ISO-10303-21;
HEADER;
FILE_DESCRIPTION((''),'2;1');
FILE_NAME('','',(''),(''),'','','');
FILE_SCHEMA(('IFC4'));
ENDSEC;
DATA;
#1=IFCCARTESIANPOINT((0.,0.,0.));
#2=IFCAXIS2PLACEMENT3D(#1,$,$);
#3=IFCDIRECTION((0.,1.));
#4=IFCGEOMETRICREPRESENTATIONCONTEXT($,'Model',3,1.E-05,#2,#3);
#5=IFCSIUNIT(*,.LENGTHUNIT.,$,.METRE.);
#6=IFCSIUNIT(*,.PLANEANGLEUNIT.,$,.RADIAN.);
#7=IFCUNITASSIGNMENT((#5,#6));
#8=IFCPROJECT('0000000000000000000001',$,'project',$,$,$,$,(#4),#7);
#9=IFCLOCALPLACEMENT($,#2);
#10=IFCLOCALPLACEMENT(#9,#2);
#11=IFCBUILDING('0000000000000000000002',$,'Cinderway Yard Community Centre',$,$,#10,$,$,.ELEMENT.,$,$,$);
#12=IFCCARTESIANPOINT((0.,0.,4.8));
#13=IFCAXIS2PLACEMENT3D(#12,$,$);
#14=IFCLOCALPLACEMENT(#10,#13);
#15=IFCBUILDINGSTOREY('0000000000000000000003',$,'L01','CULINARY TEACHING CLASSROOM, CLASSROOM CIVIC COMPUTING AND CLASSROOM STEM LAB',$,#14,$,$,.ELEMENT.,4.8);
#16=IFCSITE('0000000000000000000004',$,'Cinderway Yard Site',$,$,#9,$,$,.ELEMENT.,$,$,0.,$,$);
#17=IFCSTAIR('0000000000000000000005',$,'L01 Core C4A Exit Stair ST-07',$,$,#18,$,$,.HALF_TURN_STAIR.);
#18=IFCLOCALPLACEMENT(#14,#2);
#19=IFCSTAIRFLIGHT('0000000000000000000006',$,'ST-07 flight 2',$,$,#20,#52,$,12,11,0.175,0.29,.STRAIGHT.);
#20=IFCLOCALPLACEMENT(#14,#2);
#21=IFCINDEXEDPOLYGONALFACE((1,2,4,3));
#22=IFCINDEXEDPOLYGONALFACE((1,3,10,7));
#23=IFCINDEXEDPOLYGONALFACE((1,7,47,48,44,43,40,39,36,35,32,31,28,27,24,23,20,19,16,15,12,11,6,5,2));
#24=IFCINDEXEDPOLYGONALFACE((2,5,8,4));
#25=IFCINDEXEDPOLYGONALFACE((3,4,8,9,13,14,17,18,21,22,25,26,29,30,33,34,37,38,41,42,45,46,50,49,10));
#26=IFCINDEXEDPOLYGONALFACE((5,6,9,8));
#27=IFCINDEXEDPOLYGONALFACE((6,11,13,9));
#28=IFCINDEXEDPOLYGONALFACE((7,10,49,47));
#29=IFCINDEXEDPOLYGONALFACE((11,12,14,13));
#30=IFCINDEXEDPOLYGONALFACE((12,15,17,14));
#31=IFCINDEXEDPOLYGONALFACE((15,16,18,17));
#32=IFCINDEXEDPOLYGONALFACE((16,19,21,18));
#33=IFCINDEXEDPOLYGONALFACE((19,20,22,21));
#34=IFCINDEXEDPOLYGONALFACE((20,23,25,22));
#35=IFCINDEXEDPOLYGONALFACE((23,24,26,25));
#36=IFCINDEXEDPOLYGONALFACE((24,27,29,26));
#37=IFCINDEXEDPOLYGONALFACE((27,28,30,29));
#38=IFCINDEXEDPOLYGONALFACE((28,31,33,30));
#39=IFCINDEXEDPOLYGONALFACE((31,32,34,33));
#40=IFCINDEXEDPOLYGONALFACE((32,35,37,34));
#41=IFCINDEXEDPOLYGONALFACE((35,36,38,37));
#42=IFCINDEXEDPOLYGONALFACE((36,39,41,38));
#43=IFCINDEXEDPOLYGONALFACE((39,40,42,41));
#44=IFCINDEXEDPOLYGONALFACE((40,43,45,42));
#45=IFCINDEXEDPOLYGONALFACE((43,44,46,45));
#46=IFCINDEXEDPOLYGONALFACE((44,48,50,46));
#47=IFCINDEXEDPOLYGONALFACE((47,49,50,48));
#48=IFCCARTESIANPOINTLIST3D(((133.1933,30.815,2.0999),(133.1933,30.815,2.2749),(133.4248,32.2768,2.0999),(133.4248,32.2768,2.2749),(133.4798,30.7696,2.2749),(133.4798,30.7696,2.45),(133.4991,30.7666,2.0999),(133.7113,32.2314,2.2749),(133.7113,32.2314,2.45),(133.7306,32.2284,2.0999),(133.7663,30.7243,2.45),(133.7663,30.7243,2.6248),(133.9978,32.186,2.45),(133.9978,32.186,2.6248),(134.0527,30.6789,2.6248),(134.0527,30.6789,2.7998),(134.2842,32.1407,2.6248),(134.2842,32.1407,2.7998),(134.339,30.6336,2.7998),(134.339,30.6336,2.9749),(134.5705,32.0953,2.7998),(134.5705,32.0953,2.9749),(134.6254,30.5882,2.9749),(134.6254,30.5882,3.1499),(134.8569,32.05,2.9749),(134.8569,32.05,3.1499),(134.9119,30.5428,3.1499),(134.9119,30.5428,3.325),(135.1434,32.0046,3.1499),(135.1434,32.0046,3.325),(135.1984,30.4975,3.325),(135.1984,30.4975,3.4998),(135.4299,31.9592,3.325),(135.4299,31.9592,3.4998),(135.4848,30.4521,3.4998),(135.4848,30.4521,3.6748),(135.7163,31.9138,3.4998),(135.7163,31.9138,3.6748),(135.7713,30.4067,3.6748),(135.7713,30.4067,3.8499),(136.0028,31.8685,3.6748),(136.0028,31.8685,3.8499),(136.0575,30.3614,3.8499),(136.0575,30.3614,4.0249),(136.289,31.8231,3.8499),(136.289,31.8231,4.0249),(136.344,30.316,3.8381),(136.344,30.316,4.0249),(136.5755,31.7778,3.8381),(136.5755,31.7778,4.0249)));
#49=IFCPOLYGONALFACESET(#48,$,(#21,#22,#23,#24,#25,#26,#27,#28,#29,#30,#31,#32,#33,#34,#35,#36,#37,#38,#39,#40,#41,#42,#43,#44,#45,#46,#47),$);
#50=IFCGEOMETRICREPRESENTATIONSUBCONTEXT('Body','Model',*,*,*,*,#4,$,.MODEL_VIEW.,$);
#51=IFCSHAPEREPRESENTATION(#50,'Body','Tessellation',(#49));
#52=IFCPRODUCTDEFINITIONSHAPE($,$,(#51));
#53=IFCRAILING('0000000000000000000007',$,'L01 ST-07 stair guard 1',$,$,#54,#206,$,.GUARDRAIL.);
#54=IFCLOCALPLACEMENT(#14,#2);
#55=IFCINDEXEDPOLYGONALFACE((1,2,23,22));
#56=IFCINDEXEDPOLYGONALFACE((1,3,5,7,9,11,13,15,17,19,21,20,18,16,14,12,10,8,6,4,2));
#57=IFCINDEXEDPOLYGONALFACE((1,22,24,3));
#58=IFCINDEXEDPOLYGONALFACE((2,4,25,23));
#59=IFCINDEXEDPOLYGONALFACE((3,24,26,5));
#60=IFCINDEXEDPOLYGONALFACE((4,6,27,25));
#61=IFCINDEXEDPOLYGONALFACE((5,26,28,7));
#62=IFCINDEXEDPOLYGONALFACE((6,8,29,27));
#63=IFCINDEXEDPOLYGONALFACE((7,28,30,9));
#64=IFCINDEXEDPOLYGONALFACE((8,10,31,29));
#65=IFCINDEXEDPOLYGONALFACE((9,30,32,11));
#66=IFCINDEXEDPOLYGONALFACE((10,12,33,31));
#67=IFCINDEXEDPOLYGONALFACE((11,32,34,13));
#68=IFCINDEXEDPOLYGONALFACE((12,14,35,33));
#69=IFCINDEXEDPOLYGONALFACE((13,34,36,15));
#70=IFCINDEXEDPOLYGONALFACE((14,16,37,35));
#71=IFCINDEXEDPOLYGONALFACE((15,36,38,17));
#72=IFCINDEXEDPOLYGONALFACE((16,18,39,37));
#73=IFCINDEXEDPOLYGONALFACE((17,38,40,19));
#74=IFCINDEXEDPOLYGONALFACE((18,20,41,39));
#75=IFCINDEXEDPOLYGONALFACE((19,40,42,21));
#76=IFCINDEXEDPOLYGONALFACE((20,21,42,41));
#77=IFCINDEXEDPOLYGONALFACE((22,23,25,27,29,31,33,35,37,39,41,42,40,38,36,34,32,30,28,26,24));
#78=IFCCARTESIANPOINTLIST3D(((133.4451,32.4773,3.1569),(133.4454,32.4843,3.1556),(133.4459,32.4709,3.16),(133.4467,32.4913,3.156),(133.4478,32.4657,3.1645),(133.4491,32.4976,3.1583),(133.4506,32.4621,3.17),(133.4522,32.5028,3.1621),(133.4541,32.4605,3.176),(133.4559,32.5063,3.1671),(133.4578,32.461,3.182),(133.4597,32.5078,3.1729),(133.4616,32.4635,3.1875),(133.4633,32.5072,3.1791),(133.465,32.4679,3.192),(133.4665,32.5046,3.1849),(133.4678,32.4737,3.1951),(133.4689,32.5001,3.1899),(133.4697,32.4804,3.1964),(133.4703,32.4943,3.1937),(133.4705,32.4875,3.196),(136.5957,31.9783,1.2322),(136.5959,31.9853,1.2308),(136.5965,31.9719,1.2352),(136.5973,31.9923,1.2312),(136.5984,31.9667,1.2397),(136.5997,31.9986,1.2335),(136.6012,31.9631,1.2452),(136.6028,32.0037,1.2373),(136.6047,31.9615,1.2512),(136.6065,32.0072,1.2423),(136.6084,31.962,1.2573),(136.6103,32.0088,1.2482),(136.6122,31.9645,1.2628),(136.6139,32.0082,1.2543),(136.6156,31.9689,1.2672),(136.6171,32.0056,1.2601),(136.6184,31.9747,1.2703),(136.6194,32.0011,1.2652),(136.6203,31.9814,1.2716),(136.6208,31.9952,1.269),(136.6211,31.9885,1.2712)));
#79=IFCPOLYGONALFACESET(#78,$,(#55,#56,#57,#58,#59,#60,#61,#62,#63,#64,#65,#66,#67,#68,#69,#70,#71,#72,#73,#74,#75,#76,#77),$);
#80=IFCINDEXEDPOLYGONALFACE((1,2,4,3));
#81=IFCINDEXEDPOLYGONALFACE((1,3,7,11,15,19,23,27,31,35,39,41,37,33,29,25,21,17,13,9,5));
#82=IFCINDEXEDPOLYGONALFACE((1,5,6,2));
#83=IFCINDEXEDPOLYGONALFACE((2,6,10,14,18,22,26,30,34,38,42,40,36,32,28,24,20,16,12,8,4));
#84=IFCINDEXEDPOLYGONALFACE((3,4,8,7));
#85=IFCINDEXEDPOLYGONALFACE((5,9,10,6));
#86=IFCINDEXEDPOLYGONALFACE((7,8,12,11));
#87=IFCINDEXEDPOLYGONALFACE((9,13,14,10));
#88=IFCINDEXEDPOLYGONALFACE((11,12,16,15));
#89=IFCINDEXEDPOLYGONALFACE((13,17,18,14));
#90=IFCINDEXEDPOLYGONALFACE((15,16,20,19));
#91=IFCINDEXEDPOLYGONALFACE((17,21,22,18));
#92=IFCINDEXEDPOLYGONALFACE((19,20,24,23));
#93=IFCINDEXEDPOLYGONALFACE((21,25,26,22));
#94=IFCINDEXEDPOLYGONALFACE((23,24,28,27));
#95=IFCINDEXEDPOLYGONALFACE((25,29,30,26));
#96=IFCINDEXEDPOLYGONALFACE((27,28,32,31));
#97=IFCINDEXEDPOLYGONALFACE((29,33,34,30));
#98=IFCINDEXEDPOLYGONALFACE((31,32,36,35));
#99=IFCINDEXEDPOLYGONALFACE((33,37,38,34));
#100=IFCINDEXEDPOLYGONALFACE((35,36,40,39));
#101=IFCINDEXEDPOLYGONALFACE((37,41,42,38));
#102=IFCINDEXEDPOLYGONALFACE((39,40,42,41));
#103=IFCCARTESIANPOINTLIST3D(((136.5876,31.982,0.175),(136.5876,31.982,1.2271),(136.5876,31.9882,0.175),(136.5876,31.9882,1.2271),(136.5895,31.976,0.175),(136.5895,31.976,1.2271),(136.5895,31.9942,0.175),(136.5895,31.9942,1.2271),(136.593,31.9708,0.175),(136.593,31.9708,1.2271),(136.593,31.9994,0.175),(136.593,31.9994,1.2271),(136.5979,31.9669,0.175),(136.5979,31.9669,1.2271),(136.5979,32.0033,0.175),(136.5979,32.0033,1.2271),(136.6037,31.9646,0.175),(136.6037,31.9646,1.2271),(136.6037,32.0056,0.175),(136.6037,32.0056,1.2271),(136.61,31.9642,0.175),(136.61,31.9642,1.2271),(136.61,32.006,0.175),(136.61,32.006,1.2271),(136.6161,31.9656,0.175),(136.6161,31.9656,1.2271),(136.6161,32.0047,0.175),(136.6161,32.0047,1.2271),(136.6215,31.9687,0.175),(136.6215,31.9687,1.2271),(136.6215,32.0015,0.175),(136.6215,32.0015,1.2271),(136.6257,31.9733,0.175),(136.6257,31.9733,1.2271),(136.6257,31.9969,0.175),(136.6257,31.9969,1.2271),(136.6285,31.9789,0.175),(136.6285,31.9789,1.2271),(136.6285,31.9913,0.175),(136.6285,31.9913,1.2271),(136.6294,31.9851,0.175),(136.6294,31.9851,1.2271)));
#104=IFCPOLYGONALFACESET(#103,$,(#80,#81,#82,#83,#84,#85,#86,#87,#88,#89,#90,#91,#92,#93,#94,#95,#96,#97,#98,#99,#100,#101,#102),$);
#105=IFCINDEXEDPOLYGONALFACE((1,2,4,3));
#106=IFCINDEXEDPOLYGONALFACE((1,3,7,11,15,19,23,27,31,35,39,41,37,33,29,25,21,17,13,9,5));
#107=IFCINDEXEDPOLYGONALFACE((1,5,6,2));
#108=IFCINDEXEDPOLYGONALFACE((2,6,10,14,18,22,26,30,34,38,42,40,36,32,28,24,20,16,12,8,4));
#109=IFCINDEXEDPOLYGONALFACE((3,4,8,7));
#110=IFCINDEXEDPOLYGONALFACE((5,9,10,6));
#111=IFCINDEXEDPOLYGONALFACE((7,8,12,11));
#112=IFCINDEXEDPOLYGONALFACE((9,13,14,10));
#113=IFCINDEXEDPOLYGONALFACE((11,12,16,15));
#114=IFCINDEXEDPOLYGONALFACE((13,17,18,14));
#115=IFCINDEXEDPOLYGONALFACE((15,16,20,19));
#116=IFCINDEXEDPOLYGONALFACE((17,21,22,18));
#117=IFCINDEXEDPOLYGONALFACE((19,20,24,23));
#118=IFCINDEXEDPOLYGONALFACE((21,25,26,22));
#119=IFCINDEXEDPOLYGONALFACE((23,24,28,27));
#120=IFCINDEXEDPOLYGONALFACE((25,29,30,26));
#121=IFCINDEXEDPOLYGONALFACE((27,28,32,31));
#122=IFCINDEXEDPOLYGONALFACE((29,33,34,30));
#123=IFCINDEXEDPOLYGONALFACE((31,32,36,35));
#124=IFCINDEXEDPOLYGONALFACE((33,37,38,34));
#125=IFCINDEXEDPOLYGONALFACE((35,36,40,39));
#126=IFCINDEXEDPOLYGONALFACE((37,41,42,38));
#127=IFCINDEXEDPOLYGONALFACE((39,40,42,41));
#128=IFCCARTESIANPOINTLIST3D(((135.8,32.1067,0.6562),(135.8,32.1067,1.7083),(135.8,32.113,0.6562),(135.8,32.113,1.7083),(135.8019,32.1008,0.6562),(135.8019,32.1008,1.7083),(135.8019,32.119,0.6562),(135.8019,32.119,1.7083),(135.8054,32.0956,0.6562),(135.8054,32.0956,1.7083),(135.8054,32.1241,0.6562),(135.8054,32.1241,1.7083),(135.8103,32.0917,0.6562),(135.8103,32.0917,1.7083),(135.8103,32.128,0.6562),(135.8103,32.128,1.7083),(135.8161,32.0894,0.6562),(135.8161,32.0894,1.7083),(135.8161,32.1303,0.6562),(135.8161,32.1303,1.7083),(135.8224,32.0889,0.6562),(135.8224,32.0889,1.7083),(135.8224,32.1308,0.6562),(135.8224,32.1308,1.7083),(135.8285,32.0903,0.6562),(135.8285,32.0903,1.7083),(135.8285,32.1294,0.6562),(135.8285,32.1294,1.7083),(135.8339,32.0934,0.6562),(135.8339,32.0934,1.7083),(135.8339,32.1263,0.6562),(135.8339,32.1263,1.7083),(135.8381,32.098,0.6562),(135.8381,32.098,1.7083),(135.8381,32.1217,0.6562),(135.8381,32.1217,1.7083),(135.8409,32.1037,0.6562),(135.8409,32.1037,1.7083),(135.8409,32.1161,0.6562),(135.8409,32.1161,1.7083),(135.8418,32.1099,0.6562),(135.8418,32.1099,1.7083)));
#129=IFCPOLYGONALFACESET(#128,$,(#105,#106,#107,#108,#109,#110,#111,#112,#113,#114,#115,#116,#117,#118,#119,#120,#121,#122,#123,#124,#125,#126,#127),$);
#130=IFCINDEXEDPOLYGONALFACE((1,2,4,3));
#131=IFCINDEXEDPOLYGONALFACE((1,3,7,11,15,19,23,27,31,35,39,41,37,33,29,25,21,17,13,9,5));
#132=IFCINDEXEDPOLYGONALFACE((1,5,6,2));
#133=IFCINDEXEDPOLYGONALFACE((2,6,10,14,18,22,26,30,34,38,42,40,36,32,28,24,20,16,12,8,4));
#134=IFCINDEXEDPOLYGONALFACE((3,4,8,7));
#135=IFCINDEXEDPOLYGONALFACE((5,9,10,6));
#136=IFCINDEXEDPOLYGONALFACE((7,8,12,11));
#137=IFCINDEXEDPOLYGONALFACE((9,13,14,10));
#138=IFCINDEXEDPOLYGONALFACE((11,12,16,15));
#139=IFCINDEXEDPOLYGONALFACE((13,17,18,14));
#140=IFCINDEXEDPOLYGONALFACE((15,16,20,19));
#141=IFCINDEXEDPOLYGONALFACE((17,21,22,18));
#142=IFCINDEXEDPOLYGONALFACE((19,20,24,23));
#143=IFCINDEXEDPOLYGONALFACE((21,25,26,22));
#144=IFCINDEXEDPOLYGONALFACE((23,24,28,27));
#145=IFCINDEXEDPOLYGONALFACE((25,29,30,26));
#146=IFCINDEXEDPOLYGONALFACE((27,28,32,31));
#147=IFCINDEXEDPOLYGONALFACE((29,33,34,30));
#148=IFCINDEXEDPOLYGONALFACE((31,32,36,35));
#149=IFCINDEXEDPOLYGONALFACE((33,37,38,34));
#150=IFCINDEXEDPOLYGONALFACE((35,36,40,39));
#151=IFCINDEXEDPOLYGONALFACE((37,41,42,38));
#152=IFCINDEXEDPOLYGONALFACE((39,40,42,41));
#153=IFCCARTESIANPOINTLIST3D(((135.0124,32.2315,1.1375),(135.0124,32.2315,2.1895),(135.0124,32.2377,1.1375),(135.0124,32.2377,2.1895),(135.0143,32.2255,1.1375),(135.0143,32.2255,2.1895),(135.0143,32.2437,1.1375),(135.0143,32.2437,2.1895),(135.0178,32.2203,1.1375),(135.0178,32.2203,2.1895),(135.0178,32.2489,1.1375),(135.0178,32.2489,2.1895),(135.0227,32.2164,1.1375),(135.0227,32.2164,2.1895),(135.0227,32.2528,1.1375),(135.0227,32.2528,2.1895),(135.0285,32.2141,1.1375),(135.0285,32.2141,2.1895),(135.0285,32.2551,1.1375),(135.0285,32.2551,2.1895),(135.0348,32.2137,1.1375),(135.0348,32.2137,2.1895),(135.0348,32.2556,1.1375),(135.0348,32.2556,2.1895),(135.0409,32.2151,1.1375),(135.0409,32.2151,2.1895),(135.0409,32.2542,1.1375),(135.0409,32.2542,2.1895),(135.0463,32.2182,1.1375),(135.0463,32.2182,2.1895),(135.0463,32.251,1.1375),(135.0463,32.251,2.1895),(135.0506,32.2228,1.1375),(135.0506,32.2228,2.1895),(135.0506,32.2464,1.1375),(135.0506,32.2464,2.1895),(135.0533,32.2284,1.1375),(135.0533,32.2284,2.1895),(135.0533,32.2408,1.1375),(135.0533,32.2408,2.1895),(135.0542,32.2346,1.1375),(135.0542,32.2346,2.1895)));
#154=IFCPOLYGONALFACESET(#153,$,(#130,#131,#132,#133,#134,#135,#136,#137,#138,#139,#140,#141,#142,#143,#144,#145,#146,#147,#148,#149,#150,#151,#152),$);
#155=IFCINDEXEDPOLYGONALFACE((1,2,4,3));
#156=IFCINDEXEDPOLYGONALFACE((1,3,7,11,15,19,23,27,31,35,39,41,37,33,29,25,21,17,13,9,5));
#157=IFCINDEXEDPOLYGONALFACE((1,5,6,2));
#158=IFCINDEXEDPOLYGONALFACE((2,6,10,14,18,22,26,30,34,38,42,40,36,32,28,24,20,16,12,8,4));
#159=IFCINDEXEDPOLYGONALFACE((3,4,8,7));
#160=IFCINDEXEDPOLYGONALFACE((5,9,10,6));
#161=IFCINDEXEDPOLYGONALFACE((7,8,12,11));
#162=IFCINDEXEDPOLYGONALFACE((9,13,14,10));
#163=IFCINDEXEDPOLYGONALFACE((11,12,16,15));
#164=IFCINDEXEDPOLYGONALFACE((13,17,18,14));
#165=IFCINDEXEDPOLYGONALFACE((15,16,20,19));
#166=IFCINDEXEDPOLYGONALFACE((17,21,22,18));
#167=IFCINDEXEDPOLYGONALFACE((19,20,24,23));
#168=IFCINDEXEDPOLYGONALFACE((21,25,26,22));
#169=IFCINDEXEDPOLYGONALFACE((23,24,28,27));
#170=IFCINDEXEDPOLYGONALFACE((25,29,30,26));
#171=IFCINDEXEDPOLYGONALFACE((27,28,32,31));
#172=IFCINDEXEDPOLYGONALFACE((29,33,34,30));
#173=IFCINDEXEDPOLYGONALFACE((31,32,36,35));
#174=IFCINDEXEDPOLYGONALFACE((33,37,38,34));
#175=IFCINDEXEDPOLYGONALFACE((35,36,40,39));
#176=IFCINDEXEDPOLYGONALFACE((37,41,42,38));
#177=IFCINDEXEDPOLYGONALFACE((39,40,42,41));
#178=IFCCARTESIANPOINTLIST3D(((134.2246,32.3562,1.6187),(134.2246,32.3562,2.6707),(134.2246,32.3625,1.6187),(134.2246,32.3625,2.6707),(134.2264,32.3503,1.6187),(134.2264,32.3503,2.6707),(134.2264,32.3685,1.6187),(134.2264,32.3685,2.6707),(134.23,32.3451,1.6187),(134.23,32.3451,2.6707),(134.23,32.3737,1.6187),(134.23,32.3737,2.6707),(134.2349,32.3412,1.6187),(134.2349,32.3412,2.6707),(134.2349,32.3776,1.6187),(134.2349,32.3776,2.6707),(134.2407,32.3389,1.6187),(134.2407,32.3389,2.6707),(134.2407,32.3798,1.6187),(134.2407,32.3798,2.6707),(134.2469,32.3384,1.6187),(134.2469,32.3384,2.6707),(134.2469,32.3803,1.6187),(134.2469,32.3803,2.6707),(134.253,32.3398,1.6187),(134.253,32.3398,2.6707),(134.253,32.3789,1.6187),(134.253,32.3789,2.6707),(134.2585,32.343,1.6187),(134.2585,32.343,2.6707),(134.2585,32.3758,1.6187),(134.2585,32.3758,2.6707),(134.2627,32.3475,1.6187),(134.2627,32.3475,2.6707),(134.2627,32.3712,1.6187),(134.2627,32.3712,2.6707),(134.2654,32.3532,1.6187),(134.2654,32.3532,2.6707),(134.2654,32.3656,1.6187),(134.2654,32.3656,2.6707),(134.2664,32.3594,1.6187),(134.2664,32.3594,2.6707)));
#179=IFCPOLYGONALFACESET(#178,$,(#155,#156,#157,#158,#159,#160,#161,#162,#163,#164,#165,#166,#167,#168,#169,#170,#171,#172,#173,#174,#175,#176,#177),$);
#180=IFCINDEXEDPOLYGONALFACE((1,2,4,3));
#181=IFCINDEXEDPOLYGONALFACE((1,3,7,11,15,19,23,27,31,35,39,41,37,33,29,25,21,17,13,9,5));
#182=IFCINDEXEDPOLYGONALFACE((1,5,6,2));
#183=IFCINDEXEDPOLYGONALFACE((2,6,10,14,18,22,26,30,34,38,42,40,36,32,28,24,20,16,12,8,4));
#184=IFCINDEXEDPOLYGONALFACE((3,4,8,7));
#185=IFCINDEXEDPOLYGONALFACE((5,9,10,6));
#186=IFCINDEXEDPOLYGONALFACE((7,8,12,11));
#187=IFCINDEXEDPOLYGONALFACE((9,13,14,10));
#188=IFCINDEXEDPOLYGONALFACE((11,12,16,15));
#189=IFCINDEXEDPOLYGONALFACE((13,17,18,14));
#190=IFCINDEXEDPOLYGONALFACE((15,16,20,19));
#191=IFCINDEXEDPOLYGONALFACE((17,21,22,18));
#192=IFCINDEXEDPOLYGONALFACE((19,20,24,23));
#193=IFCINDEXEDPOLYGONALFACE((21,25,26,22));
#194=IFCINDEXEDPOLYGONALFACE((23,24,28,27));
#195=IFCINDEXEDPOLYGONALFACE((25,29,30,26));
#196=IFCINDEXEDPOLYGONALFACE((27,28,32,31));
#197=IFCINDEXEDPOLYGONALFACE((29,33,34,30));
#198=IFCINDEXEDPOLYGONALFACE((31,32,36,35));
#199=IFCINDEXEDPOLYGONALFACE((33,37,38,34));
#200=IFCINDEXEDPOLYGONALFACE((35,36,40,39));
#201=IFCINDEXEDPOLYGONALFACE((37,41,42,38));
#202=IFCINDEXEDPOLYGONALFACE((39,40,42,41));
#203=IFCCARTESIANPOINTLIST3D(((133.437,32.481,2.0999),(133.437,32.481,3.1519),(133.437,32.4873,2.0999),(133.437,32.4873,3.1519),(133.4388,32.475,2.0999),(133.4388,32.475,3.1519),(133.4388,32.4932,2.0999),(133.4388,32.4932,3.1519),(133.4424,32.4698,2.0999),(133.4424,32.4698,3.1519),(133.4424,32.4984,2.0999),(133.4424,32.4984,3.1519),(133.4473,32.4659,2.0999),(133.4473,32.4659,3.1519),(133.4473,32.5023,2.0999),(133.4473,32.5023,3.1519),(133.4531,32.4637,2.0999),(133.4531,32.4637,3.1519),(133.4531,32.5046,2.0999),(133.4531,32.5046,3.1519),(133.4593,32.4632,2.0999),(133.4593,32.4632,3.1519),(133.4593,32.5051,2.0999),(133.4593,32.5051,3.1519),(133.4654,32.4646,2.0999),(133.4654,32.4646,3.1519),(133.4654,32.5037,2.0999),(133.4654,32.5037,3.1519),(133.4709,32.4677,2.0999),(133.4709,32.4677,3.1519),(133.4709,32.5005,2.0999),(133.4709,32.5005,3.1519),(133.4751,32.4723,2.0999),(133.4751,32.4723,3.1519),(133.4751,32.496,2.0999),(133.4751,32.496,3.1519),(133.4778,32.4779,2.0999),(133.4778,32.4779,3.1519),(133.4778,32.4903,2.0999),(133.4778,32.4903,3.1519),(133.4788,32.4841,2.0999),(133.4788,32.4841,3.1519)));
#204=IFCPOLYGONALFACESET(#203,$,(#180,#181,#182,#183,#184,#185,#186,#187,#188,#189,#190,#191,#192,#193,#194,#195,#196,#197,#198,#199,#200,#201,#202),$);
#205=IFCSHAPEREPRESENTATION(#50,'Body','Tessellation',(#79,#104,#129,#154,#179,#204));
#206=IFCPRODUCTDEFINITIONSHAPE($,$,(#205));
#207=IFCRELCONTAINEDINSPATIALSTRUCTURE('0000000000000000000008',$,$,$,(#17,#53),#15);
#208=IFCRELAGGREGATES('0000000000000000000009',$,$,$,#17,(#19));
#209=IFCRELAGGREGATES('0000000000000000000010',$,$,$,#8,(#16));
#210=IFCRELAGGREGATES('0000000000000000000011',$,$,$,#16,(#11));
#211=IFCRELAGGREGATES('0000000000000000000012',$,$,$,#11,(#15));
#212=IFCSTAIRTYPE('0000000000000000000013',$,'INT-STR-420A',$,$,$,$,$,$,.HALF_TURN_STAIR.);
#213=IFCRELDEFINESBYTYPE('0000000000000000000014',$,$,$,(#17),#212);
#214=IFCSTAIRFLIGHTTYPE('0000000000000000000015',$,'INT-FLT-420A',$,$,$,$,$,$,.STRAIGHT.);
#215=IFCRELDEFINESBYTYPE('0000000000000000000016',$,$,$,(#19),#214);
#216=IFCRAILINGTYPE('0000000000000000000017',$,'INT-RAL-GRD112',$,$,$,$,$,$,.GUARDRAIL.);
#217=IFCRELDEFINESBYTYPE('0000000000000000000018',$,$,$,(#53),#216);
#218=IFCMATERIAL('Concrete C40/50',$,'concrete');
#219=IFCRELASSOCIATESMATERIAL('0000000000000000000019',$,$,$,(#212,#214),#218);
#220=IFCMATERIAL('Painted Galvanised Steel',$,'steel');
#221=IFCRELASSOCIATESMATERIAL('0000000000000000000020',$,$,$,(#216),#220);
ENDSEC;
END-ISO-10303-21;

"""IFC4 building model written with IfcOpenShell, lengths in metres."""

from ifc_helpers import new_model, si_unit, direction, frame, origin, origin_2d, place, context, subcontext, project, spatial, polyline, circle, outline, extrude, material, type_object, element, aggregate, save


model = new_model("IFC4")

# Units and contexts
model_context = context("Model", 3, precision=1e-05, world=origin(), true_north=direction((0.0, 1.0)))
body_context = subcontext(model_context, "Body", "Model", "MODEL_VIEW")
ifc_project = project(units=[si_unit("LENGTHUNIT", "METRE"), si_unit("PLANEANGLEUNIT", "RADIAN")], contexts=[model_context])

# Site, building, storey
site_placement = place(None, origin())
site = spatial("IfcSite", under=ifc_project, at=site_placement, Name="Cinderway Yard Site", CompositionType="ELEMENT", RefElevation=0.0)
building_placement = place(site_placement, origin())
building = spatial("IfcBuilding", under=site, at=building_placement, Name="Cinderway Yard Community Centre", CompositionType="ELEMENT")
storey_placement = place(building_placement, frame((0.0, 0.0, 4.8)))
storey = spatial("IfcBuildingStorey", under=building, at=storey_placement, Name="L01", Description="CULINARY TEACHING CLASSROOM, CLASSROOM CIVIC COMPUTING AND CLASSROOM STEM LAB", CompositionType="ELEMENT", Elevation=4.8)

# Shared definitions
ifc_material_1 = material(Name="Concrete C40/50", Category="concrete")

# Shared definitions
ifc_material_2 = material(Name="Painted Galvanised Steel", Category="steel")

# Stair, stair flight
stair_type = type_object("IfcStairType", Name="INT-STR-420A", PredefinedType="HALF_TURN_STAIR", material=ifc_material_1)
stair_placement = place(storey_placement, origin())
stair = element("IfcStair", 1, at=stair_placement, inside=storey, type_object=stair_type, Name="L01 Core C4A Exit Stair ST-07", PredefinedType="HALF_TURN_STAIR")
stair_flight_type = type_object("IfcStairFlightType", Name="INT-FLT-420A", PredefinedType="STRAIGHT", material=ifc_material_1)
stair_flight_1_placement = place(storey_placement, frame((133.3091, 31.5459, 2.0999), z_axis=(0.0, 0.0, 1.0), x_axis=(0.987688, -0.156434, 0.0)))
stair_flight_1 = element("IfcStairFlight", 2, at=stair_flight_1_placement, type_object=stair_flight_type, Name="ST-07 flight 2", NumberOfRisers=12, NumberOfTreads=11, PredefinedType="STRAIGHT", RiserHeight=0.175, TreadLength=0.29, context=body_context, shape_type="SweptSolid", body=[
    extrude(outline(polyline([(0.0, 0.0), (0.0, 0.175), (0.29, 0.175), (0.29, 0.3501), (0.5801, 0.3501), (0.5801, 0.5249), (0.8701, 0.5249), (0.8701, 0.7), (1.1599, 0.7), (1.1599, 0.875), (1.45, 0.875), (1.45, 1.05), (1.74, 1.05), (1.74, 1.2251), (2.03, 1.2251), (2.03, 1.3999), (2.3201, 1.3999), (2.3201, 1.575), (2.6101, 1.575), (2.6101, 1.75), (2.8999, 1.75), (2.8999, 1.925), (3.1899, 1.925), (3.1899, 2.1001), (3.1899, 1.7383), (0.3096, 0.0), (0.0, 0.0)])), frame((0.0, 0.74, 0.0), z_axis=(0.0, -1.0, 0.0), x_axis=(1.0, 0.0, 0.0)), (0.0, 0.0, 1.0), 1.48),
])
aggregate(stair, [stair_flight_1])

# Railing
railing_type_1 = type_object("IfcRailingType", Name="INT-RAL-GRD112", PredefinedType="GUARDRAIL", material=ifc_material_2)
railing_1_placement = place(storey_placement, frame((136.6084, 31.9851, 0.175)))
element("IfcRailing", 3, at=railing_1_placement, inside=storey, type_object=railing_type_1, Name="L01 ST-07 stair guard 1", PredefinedType="GUARDRAIL", context=body_context, shape_type="SweptSolid", body=[
    extrude(circle(Radius=0.0239, at=origin_2d()), frame((0.0, 0.0, 1.0762), z_axis=(-0.845663, 0.133943, 0.516637), x_axis=(-0.156438, -0.987688, 0.0)), (0.0, 0.0, 1.0), 3.7256),
    extrude(circle(Radius=0.021, at=origin_2d()), origin(), (0.0, 0.0, 1.0), 1.052),
    extrude(circle(Radius=0.021, at=origin_2d()), frame((-0.7876, 0.1248, 0.4812)), (0.0, 0.0, 1.0), 1.052),
    extrude(circle(Radius=0.021, at=origin_2d()), frame((-1.5752, 0.2495, 0.9624)), (0.0, 0.0, 1.0), 1.052),
    extrude(circle(Radius=0.021, at=origin_2d()), frame((-2.363, 0.3743, 1.4436)), (0.0, 0.0, 1.0), 1.052),
    extrude(circle(Radius=0.021, at=origin_2d()), frame((-3.1506, 0.499, 1.9248)), (0.0, 0.0, 1.0), 1.052),
])

save(model, "model.ifc")
